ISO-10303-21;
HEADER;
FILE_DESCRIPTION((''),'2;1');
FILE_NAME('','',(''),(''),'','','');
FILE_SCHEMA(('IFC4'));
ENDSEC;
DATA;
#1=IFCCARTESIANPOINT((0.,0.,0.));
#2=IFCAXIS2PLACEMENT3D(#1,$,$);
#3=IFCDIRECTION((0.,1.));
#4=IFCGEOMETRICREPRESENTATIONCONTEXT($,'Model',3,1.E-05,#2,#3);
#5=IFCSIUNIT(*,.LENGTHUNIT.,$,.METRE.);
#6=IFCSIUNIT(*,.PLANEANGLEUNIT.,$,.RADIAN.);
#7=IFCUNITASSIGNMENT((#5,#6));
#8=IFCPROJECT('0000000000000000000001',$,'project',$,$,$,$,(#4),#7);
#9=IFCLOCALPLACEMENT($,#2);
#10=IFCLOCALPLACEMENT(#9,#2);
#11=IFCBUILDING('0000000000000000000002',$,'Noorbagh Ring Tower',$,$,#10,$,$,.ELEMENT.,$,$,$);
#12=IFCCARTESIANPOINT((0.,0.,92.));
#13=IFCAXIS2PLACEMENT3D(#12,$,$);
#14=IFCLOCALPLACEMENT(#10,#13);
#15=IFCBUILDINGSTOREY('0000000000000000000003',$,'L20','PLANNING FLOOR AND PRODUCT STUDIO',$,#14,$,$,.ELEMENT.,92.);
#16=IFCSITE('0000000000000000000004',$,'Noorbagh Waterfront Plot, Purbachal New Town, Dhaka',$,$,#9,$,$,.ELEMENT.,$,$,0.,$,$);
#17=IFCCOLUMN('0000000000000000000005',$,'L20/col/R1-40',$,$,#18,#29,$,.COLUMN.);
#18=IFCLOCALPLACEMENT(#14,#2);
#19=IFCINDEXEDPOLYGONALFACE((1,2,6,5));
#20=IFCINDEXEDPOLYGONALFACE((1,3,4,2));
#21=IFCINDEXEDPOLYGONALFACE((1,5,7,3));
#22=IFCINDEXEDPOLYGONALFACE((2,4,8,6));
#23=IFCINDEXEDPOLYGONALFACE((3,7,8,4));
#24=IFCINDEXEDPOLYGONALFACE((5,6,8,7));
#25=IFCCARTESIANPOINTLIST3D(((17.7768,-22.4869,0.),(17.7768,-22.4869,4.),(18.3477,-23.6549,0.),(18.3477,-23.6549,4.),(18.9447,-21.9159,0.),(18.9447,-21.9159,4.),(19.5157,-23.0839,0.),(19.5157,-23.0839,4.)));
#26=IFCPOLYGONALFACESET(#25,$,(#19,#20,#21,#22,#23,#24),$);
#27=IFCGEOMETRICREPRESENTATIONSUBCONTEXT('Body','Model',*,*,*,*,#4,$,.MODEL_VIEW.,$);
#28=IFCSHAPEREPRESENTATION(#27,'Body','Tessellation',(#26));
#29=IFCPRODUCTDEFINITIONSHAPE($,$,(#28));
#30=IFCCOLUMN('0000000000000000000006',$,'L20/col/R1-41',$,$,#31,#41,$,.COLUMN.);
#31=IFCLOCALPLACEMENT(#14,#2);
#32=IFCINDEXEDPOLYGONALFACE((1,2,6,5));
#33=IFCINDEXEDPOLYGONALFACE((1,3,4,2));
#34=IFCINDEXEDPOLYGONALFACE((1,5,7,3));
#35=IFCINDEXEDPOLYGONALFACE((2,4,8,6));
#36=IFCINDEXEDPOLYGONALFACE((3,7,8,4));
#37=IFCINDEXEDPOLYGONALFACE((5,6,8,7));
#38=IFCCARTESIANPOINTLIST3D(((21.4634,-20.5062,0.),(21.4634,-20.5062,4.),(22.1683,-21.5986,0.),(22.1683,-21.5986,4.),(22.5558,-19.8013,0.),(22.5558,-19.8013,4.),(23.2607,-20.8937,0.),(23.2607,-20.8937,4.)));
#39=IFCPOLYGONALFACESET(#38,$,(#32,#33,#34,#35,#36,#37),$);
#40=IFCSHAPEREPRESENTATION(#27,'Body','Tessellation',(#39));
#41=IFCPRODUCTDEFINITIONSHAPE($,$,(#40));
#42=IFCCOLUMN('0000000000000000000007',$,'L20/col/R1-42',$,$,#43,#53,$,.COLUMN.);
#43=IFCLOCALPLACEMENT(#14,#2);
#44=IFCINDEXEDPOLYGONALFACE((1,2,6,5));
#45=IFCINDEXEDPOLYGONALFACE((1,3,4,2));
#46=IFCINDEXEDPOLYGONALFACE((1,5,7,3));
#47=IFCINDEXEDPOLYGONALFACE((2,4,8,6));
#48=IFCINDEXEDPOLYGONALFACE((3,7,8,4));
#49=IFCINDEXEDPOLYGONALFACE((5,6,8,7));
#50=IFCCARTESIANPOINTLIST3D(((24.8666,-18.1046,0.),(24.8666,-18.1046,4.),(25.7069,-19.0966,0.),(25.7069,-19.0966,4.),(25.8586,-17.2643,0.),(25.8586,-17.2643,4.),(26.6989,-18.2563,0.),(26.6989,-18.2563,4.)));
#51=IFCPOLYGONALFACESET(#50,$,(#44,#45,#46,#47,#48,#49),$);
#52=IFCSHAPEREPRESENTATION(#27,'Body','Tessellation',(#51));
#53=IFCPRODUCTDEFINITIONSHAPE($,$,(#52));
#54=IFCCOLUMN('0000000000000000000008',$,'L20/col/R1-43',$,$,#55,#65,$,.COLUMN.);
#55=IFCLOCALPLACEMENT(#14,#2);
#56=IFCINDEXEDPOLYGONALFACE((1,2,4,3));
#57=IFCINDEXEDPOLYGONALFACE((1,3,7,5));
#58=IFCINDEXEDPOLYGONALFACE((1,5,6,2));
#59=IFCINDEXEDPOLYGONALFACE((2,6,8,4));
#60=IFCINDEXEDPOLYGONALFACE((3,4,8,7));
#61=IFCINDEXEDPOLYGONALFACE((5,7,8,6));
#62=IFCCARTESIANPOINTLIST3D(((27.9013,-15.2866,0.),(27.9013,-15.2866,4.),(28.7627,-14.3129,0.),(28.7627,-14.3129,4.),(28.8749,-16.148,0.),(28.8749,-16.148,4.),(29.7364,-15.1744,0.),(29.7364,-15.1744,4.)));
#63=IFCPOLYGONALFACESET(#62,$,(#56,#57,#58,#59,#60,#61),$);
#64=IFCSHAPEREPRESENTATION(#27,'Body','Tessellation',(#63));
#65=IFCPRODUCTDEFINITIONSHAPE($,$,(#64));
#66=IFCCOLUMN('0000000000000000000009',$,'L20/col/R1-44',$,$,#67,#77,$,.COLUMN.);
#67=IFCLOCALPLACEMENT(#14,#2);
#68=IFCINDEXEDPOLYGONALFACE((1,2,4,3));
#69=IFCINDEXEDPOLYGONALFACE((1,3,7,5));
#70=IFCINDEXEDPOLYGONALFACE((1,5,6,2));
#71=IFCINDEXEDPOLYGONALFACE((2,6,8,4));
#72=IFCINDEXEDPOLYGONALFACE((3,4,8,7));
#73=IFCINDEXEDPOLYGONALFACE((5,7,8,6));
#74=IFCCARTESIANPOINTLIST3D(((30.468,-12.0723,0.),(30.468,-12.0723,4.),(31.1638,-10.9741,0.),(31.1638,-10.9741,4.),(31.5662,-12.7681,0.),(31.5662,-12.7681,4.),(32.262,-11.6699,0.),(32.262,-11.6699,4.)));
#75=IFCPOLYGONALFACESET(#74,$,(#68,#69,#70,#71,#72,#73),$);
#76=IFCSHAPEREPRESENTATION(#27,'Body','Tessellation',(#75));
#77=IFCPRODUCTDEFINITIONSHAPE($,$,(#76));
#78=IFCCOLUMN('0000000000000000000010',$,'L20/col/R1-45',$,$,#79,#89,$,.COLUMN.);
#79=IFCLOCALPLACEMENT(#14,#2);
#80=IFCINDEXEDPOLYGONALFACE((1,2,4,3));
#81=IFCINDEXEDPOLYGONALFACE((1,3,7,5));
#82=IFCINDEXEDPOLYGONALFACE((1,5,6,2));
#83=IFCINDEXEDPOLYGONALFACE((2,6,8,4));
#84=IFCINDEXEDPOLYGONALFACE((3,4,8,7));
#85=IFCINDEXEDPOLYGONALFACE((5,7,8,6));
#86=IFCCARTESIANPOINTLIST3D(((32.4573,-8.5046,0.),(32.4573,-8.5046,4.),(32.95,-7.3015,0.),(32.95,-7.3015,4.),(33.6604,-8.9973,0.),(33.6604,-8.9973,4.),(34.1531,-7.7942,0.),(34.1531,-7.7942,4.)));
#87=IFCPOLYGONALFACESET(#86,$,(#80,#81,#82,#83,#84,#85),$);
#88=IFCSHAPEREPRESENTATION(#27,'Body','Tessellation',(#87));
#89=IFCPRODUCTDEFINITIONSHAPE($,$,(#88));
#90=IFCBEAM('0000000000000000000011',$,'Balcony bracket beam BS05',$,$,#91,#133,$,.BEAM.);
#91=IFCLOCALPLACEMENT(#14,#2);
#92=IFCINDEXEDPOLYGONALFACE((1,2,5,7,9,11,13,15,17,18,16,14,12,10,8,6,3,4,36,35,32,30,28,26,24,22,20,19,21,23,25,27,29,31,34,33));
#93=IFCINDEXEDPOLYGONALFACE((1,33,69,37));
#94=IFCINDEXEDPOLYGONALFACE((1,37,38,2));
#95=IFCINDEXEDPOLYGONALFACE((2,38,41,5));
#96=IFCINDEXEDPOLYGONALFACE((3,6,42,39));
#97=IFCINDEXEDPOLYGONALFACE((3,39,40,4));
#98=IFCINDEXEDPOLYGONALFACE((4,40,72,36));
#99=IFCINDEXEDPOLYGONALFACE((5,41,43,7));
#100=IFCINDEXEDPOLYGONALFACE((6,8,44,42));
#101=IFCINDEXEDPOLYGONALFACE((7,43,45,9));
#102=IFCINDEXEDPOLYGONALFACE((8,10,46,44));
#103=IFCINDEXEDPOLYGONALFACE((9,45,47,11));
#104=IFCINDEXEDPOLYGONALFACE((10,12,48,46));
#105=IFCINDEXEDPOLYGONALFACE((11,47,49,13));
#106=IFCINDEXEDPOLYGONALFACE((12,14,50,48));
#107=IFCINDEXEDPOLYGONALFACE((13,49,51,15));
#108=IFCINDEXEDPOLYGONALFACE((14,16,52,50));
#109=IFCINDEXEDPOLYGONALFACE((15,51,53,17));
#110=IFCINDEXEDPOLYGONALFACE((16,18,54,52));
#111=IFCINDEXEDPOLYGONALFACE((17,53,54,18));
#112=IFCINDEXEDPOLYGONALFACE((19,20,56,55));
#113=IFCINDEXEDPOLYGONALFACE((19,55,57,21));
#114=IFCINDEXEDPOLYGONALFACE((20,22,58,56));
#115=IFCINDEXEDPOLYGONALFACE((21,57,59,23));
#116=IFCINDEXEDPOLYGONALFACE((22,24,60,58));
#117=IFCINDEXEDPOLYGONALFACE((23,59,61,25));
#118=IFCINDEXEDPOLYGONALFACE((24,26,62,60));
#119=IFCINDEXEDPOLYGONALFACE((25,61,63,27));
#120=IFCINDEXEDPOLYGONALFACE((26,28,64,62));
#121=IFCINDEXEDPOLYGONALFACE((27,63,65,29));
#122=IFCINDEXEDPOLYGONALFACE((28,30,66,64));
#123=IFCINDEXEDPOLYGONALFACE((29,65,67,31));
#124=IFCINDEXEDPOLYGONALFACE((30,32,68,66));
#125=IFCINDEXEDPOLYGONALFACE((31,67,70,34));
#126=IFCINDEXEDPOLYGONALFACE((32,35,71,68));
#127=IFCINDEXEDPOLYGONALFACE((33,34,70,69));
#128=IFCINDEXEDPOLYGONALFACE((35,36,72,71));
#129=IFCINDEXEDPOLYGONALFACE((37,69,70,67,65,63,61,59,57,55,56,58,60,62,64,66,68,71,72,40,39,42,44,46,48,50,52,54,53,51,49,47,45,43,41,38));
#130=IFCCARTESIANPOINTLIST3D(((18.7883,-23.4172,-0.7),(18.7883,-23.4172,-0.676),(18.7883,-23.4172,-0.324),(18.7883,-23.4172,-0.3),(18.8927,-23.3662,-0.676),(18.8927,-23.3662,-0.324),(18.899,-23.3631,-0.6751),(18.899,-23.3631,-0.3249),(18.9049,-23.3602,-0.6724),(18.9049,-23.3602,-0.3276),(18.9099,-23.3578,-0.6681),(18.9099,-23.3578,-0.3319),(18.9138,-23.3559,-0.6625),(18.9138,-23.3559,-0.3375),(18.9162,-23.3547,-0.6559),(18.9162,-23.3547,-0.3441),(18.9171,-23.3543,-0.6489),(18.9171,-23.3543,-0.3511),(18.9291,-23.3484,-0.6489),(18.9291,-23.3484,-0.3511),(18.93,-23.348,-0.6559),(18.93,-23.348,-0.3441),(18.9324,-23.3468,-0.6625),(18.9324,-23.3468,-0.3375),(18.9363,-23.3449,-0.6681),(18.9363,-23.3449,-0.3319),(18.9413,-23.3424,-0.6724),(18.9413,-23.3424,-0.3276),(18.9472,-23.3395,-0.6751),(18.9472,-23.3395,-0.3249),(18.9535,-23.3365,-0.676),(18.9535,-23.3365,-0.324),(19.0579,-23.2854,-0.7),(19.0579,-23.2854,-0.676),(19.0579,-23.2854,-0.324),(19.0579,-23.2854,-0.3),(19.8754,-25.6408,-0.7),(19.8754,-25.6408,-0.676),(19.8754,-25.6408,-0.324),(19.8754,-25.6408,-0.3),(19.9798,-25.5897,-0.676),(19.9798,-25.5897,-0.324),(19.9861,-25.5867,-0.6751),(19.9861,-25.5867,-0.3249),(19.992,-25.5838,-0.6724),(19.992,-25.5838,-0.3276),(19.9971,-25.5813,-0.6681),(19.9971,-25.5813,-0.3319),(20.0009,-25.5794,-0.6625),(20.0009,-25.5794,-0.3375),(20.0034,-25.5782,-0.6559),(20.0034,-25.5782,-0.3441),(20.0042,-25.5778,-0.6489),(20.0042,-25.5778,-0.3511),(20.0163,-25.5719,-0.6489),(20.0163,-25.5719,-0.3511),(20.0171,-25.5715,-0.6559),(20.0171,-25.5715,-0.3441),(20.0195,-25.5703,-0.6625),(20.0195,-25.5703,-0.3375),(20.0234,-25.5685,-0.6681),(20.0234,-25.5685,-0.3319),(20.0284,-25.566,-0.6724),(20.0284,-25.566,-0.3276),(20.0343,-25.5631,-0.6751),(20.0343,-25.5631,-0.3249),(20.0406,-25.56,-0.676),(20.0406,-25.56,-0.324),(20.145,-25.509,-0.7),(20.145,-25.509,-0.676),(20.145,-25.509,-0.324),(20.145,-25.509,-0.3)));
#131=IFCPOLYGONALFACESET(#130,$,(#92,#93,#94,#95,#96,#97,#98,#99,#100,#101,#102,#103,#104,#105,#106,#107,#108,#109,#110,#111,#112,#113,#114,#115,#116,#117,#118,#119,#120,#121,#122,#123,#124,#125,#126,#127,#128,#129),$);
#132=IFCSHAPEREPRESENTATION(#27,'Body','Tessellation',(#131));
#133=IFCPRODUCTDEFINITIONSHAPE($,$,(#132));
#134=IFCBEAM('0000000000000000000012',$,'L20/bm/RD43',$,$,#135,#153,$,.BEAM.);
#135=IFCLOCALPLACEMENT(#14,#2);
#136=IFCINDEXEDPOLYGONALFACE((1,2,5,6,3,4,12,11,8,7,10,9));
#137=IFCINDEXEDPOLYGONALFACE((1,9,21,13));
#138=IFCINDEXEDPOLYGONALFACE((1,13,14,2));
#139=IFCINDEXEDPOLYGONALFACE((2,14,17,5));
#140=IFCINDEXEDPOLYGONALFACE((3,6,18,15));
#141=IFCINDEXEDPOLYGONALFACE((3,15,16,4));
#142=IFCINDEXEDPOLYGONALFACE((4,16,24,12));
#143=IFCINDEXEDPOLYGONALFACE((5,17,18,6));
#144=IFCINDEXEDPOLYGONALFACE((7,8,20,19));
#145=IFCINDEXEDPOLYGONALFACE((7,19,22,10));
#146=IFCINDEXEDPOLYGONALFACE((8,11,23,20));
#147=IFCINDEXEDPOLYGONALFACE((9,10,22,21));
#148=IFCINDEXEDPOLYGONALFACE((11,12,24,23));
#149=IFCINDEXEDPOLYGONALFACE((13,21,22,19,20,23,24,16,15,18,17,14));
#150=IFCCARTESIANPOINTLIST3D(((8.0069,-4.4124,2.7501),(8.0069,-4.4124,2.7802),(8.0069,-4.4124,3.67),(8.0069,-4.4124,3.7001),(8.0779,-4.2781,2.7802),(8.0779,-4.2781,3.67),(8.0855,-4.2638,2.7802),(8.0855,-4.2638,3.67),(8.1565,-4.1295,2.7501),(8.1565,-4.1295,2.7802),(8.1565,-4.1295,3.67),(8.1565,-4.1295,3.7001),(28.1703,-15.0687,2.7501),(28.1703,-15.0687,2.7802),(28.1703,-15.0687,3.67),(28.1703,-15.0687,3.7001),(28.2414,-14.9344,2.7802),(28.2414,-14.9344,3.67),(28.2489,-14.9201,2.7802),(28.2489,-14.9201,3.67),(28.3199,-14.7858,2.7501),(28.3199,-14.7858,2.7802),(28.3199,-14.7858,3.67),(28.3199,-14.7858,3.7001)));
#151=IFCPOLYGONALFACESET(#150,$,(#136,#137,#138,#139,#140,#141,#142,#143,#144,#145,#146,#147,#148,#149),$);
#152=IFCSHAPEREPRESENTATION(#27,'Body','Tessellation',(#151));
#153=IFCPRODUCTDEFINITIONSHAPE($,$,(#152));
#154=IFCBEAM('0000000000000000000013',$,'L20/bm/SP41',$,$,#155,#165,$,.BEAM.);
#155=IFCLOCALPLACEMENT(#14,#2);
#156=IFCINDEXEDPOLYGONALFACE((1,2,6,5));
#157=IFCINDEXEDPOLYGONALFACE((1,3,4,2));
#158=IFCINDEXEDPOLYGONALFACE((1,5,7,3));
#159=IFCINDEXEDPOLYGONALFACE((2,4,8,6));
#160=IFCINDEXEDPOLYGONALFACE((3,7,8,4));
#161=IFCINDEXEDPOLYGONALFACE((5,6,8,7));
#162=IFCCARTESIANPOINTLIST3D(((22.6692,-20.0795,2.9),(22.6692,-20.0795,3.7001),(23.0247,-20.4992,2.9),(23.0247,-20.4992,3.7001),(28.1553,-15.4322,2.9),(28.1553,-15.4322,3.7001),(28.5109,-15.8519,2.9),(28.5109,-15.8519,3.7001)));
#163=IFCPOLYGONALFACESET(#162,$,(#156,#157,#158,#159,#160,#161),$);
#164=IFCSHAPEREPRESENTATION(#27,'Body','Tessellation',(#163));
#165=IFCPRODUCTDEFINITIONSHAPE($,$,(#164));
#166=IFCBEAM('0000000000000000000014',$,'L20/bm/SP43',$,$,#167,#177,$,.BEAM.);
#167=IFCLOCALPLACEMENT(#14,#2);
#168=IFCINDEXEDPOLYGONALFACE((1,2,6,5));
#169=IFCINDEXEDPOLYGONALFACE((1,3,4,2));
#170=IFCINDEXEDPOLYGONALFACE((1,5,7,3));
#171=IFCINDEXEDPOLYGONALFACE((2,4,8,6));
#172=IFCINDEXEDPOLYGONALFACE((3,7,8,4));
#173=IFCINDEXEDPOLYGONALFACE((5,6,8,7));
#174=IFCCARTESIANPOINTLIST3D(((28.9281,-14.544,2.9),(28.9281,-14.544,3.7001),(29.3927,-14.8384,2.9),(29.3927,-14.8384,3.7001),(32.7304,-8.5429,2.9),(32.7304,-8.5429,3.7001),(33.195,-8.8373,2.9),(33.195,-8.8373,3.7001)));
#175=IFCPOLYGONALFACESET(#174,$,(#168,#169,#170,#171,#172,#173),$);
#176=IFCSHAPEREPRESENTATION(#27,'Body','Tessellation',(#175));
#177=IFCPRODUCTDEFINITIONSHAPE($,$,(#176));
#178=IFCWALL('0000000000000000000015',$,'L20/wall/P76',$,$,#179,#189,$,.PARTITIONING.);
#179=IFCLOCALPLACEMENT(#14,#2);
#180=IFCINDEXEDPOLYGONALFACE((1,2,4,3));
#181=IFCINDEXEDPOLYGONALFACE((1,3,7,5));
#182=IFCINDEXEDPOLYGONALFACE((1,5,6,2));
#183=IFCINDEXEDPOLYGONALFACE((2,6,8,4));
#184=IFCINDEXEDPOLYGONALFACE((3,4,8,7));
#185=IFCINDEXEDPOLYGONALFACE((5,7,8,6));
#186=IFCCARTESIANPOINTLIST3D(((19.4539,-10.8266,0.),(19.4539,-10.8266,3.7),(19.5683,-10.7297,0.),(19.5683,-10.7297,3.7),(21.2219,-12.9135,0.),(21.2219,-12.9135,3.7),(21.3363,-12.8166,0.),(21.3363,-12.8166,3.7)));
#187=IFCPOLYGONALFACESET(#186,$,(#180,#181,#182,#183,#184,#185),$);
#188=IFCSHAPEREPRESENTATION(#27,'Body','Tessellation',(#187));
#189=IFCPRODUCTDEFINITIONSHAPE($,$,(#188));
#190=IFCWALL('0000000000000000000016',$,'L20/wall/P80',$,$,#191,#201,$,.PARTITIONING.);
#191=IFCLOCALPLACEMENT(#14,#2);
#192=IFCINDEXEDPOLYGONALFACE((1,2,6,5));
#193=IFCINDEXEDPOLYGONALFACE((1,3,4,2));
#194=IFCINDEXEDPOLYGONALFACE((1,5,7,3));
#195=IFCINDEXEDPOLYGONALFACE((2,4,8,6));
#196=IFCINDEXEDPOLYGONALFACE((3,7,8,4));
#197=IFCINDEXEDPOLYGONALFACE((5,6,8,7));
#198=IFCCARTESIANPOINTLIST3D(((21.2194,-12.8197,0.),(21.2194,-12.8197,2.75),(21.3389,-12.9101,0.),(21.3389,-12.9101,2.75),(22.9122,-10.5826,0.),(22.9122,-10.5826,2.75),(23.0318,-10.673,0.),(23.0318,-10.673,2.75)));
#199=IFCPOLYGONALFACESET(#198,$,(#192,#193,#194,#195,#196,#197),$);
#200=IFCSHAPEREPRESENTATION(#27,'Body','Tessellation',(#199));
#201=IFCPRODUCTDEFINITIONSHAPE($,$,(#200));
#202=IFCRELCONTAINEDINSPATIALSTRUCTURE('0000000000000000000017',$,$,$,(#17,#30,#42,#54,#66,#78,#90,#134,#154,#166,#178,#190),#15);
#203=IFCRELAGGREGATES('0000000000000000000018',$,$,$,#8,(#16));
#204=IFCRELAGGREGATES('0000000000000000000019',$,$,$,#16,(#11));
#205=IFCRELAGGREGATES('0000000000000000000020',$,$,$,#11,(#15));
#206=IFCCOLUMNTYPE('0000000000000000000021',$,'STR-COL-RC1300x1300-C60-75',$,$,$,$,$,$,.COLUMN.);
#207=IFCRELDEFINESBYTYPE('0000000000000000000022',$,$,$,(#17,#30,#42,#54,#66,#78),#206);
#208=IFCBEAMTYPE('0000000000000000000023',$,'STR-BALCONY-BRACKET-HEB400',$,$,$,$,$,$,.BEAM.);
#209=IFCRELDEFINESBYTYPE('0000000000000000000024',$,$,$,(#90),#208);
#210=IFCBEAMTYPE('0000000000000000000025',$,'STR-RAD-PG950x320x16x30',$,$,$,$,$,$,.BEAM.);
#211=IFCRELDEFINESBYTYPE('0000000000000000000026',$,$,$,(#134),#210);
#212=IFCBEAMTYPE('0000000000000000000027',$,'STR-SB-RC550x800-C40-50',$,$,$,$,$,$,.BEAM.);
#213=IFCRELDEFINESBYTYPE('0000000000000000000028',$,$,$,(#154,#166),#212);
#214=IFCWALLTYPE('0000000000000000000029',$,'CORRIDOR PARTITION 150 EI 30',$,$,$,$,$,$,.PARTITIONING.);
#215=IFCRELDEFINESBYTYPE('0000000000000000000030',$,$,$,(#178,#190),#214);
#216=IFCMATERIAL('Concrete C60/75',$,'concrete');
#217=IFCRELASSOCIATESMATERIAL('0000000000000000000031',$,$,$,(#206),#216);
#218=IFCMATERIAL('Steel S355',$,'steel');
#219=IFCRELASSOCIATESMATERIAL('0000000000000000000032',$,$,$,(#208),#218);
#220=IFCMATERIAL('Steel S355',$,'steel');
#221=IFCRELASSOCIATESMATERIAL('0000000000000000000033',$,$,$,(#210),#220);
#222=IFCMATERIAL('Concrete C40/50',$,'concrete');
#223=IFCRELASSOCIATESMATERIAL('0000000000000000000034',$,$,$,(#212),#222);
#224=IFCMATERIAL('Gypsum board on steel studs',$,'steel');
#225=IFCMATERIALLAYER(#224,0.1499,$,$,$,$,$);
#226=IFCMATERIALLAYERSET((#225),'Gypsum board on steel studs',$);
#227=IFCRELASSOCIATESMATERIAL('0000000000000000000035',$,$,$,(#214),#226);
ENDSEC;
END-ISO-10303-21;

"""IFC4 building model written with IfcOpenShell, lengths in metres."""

from ifc_helpers import new_model, si_unit, direction, frame, frame_2d, origin, origin_2d, place, context, subcontext, project, spatial, rectangle, i_section, extrude, material, layer, layer_set, material_profile, profile_set, type_object, element, save


model = new_model("IFC4")

# Units and contexts
model_context = context("Model", 3, precision=1e-05, world=origin(), true_north=direction((0.0, 1.0)))
body_context = subcontext(model_context, "Body", "Model", "MODEL_VIEW")
ifc_project = project(units=[si_unit("LENGTHUNIT", "METRE"), si_unit("PLANEANGLEUNIT", "RADIAN")], contexts=[model_context])

# Site, building, storey
site_placement = place(None, origin())
site = spatial("IfcSite", under=ifc_project, at=site_placement, Name="Noorbagh Waterfront Plot, Purbachal New Town, Dhaka", CompositionType="ELEMENT", RefElevation=0.0)
building_placement = place(site_placement, origin())
building = spatial("IfcBuilding", under=site, at=building_placement, Name="Noorbagh Ring Tower", CompositionType="ELEMENT")
storey_placement = place(building_placement, frame((0.0, 0.0, 92.0)))
storey = spatial("IfcBuildingStorey", under=building, at=storey_placement, Name="L20", Description="PLANNING FLOOR AND PRODUCT STUDIO", CompositionType="ELEMENT", Elevation=92.0)

# Columns
ifc_material_1 = material(Name="Concrete C60/75", Category="concrete")
ifc_material_profile_1 = material_profile(ifc_material_1, rectangle(XDim=1.3, YDim=1.3, at=origin_2d()), Name="RC1300x1300")
ifc_profile_set_1 = profile_set([ifc_material_profile_1], Name="Concrete C60/75")
column_type = type_object("IfcColumnType", Name="STR-COL-RC1300x1300-C60-75", PredefinedType="COLUMN", material=ifc_profile_set_1)
for number, where, z_axis, x_axis, name in (
    (1, (18.6462, -22.7854, 0.0), (0.0, 0.0, 1.0), (0.898399, 0.43918, 0.0), "L20/col/R1-40"),
    (2, (22.3621, -20.7, 0.0), (0.0, 0.0, 1.0), (0.840248, 0.542203, 0.0), "L20/col/R1-41"),
    (3, (25.7827, -18.1804, 0.0), (0.0, 0.0, 1.0), (0.763035, 0.646357, 0.0), "L20/col/R1-42"),
    (4, (28.8188, -15.2305, 0.0), (0.0, 0.0, 1.0), (0.662636, 0.748942, 0.0), "L20/col/R1-43"),
    (5, (31.365, -11.8711, 0.0), (0.0, 0.0, 1.0), (0.53519, 0.844731, 0.0), "L20/col/R1-44"),
    (6, (33.3052, -8.1494, 0.0), (0.0, 0.0, 1.0), (0.378989, 0.925401, 0.0), "L20/col/R1-45"),
):
    element("IfcColumn", number, at=place(storey_placement, frame(where, z_axis=z_axis, x_axis=x_axis)), inside=storey, type_object=column_type, Name=name, PredefinedType="COLUMN", context=body_context, shape_type="SweptSolid", body=[
        extrude(rectangle(XDim=1.3, YDim=1.3, at=origin_2d()), origin(), (0.0, 0.0, 1.0), 4.0),
    ])

# Beams
ifc_material_2 = material(Name="Steel S355", Category="steel")
ifc_material_profile_2 = material_profile(ifc_material_2, i_section(OverallWidth=0.3, OverallDepth=0.3999, WebThickness=0.0134, FlangeThickness=0.0239, FilletRadius=0.0271, at=origin_2d()), Name="HEB400")
ifc_profile_set_2 = profile_set([ifc_material_profile_2], Name="Steel S355")
beam_type_1 = type_object("IfcBeamType", Name="STR-BALCONY-BRACKET-HEB400", PredefinedType="BEAM", material=ifc_profile_set_2)
beam_1_placement = place(storey_placement, frame((18.9231, -23.3513, -0.5), z_axis=(0.439226, -0.898377, 0.0), x_axis=(0.898377, 0.439226, 0.0)))
element("IfcBeam", 7, at=beam_1_placement, inside=storey, type_object=beam_type_1, Name="Balcony bracket beam BS05", PredefinedType="BEAM", context=body_context, shape_type="SweptSolid", body=[
    extrude(i_section(OverallWidth=0.3, OverallDepth=0.3999, WebThickness=0.0134, FlangeThickness=0.0239, FilletRadius=0.0271, at=origin_2d()), origin(), (0.0, 0.0, 1.0), 2.4751),
])
ifc_material_3 = material(Name="Steel S355", Category="steel")
ifc_material_profile_3 = material_profile(ifc_material_3, i_section(OverallWidth=0.3201, OverallDepth=0.95, WebThickness=0.0161, FlangeThickness=0.03, at=origin_2d()), Name="PG950x320x16x30")
ifc_profile_set_3 = profile_set([ifc_material_profile_3], Name="Steel S355")
beam_type_2 = type_object("IfcBeamType", Name="STR-RAD-PG950x320x16x30", PredefinedType="BEAM", material=ifc_profile_set_3)
beam_2_placement = place(storey_placement, frame((28.2451, -14.9272, 3.2251), z_axis=(-0.884122, 0.467256, 0.0), x_axis=(-0.467256, -0.884122, 0.0)))
element("IfcBeam", 8, at=beam_2_placement, inside=storey, type_object=beam_type_2, Name="L20/bm/RD43", PredefinedType="BEAM", context=body_context, shape_type="SweptSolid", body=[
    extrude(i_section(OverallWidth=0.3201, OverallDepth=0.95, WebThickness=0.0161, FlangeThickness=0.03, at=origin_2d()), origin(), (0.0, 0.0, 1.0), 22.8062),
])
ifc_material_4 = material(Name="Concrete C40/50", Category="concrete")
ifc_material_profile_4 = material_profile(ifc_material_4, rectangle(XDim=0.55, YDim=0.8, at=origin_2d()), Name="RC550x800")
ifc_profile_set_4 = profile_set([ifc_material_profile_4], Name="Concrete C40/50")
beam_type_3 = type_object("IfcBeamType", Name="STR-SB-RC550x800-C40-50", PredefinedType="BEAM", material=ifc_profile_set_4)
beam_3_placement = place(storey_placement, frame((22.8469, -20.2893, 3.3), z_axis=(0.763033, 0.646359, 0.0), x_axis=(-0.646359, 0.763033, 0.0)))
element("IfcBeam", 9, at=beam_3_placement, inside=storey, type_object=beam_type_3, Name="L20/bm/SP41", PredefinedType="BEAM", context=body_context, shape_type="SweptSolid", body=[
    extrude(rectangle(XDim=0.55, YDim=0.8, at=origin_2d()), origin(), (0.0, 0.0, 1.0), 7.1899),
])
beam_4_placement = place(storey_placement, frame((29.1604, -14.6912, 3.3), z_axis=(0.535216, 0.844715, 0.0), x_axis=(-0.844715, 0.535216, 0.0)))
element("IfcBeam", 10, at=beam_4_placement, inside=storey, type_object=beam_type_3, Name="L20/bm/SP43", PredefinedType="BEAM", context=body_context, shape_type="SweptSolid", body=[
    extrude(rectangle(XDim=0.55, YDim=0.8, at=origin_2d()), origin(), (0.0, 0.0, 1.0), 7.1042),
])

# Walls
ifc_material_5 = material(Name="Gypsum board on steel studs", Category="steel")
ifc_layer_1 = layer(ifc_material_5, 0.1499)
ifc_layer_set_1 = layer_set([ifc_layer_1], Name="Gypsum board on steel studs")
wall_type_1 = type_object("IfcWallType", Name="CORRIDOR PARTITION 150 EI 30", PredefinedType="PARTITIONING", material=ifc_layer_set_1)
wall_1_placement = place(storey_placement, frame((19.511, -10.7781, 0.0), z_axis=(0.0, 0.0, 1.0), x_axis=(0.646414, -0.762987, 0.0)))
element("IfcWall", 11, at=wall_1_placement, inside=storey, type_object=wall_type_1, Name="L20/wall/P76", PredefinedType="PARTITIONING", context=body_context, shape_type="SweptSolid", body=[
    extrude(rectangle(XDim=2.7351, YDim=0.1499, at=frame_2d((1.3677, 0.0))), origin(), (0.0, 0.0, 1.0), 3.7),
])
wall_2_placement = place(storey_placement, frame((21.2791, -12.865, 0.0), z_axis=(0.0, 0.0, 1.0), x_axis=(0.603434, 0.797413, 0.0)))
element("IfcWall", 12, at=wall_2_placement, inside=storey, type_object=wall_type_1, Name="L20/wall/P80", PredefinedType="PARTITIONING", context=body_context, shape_type="SweptSolid", body=[
    extrude(rectangle(XDim=2.8054, YDim=0.1499, at=frame_2d((1.4028, 0.0))), origin(), (0.0, 0.0, 1.0), 2.75),
])

save(model, "model.ifc")
